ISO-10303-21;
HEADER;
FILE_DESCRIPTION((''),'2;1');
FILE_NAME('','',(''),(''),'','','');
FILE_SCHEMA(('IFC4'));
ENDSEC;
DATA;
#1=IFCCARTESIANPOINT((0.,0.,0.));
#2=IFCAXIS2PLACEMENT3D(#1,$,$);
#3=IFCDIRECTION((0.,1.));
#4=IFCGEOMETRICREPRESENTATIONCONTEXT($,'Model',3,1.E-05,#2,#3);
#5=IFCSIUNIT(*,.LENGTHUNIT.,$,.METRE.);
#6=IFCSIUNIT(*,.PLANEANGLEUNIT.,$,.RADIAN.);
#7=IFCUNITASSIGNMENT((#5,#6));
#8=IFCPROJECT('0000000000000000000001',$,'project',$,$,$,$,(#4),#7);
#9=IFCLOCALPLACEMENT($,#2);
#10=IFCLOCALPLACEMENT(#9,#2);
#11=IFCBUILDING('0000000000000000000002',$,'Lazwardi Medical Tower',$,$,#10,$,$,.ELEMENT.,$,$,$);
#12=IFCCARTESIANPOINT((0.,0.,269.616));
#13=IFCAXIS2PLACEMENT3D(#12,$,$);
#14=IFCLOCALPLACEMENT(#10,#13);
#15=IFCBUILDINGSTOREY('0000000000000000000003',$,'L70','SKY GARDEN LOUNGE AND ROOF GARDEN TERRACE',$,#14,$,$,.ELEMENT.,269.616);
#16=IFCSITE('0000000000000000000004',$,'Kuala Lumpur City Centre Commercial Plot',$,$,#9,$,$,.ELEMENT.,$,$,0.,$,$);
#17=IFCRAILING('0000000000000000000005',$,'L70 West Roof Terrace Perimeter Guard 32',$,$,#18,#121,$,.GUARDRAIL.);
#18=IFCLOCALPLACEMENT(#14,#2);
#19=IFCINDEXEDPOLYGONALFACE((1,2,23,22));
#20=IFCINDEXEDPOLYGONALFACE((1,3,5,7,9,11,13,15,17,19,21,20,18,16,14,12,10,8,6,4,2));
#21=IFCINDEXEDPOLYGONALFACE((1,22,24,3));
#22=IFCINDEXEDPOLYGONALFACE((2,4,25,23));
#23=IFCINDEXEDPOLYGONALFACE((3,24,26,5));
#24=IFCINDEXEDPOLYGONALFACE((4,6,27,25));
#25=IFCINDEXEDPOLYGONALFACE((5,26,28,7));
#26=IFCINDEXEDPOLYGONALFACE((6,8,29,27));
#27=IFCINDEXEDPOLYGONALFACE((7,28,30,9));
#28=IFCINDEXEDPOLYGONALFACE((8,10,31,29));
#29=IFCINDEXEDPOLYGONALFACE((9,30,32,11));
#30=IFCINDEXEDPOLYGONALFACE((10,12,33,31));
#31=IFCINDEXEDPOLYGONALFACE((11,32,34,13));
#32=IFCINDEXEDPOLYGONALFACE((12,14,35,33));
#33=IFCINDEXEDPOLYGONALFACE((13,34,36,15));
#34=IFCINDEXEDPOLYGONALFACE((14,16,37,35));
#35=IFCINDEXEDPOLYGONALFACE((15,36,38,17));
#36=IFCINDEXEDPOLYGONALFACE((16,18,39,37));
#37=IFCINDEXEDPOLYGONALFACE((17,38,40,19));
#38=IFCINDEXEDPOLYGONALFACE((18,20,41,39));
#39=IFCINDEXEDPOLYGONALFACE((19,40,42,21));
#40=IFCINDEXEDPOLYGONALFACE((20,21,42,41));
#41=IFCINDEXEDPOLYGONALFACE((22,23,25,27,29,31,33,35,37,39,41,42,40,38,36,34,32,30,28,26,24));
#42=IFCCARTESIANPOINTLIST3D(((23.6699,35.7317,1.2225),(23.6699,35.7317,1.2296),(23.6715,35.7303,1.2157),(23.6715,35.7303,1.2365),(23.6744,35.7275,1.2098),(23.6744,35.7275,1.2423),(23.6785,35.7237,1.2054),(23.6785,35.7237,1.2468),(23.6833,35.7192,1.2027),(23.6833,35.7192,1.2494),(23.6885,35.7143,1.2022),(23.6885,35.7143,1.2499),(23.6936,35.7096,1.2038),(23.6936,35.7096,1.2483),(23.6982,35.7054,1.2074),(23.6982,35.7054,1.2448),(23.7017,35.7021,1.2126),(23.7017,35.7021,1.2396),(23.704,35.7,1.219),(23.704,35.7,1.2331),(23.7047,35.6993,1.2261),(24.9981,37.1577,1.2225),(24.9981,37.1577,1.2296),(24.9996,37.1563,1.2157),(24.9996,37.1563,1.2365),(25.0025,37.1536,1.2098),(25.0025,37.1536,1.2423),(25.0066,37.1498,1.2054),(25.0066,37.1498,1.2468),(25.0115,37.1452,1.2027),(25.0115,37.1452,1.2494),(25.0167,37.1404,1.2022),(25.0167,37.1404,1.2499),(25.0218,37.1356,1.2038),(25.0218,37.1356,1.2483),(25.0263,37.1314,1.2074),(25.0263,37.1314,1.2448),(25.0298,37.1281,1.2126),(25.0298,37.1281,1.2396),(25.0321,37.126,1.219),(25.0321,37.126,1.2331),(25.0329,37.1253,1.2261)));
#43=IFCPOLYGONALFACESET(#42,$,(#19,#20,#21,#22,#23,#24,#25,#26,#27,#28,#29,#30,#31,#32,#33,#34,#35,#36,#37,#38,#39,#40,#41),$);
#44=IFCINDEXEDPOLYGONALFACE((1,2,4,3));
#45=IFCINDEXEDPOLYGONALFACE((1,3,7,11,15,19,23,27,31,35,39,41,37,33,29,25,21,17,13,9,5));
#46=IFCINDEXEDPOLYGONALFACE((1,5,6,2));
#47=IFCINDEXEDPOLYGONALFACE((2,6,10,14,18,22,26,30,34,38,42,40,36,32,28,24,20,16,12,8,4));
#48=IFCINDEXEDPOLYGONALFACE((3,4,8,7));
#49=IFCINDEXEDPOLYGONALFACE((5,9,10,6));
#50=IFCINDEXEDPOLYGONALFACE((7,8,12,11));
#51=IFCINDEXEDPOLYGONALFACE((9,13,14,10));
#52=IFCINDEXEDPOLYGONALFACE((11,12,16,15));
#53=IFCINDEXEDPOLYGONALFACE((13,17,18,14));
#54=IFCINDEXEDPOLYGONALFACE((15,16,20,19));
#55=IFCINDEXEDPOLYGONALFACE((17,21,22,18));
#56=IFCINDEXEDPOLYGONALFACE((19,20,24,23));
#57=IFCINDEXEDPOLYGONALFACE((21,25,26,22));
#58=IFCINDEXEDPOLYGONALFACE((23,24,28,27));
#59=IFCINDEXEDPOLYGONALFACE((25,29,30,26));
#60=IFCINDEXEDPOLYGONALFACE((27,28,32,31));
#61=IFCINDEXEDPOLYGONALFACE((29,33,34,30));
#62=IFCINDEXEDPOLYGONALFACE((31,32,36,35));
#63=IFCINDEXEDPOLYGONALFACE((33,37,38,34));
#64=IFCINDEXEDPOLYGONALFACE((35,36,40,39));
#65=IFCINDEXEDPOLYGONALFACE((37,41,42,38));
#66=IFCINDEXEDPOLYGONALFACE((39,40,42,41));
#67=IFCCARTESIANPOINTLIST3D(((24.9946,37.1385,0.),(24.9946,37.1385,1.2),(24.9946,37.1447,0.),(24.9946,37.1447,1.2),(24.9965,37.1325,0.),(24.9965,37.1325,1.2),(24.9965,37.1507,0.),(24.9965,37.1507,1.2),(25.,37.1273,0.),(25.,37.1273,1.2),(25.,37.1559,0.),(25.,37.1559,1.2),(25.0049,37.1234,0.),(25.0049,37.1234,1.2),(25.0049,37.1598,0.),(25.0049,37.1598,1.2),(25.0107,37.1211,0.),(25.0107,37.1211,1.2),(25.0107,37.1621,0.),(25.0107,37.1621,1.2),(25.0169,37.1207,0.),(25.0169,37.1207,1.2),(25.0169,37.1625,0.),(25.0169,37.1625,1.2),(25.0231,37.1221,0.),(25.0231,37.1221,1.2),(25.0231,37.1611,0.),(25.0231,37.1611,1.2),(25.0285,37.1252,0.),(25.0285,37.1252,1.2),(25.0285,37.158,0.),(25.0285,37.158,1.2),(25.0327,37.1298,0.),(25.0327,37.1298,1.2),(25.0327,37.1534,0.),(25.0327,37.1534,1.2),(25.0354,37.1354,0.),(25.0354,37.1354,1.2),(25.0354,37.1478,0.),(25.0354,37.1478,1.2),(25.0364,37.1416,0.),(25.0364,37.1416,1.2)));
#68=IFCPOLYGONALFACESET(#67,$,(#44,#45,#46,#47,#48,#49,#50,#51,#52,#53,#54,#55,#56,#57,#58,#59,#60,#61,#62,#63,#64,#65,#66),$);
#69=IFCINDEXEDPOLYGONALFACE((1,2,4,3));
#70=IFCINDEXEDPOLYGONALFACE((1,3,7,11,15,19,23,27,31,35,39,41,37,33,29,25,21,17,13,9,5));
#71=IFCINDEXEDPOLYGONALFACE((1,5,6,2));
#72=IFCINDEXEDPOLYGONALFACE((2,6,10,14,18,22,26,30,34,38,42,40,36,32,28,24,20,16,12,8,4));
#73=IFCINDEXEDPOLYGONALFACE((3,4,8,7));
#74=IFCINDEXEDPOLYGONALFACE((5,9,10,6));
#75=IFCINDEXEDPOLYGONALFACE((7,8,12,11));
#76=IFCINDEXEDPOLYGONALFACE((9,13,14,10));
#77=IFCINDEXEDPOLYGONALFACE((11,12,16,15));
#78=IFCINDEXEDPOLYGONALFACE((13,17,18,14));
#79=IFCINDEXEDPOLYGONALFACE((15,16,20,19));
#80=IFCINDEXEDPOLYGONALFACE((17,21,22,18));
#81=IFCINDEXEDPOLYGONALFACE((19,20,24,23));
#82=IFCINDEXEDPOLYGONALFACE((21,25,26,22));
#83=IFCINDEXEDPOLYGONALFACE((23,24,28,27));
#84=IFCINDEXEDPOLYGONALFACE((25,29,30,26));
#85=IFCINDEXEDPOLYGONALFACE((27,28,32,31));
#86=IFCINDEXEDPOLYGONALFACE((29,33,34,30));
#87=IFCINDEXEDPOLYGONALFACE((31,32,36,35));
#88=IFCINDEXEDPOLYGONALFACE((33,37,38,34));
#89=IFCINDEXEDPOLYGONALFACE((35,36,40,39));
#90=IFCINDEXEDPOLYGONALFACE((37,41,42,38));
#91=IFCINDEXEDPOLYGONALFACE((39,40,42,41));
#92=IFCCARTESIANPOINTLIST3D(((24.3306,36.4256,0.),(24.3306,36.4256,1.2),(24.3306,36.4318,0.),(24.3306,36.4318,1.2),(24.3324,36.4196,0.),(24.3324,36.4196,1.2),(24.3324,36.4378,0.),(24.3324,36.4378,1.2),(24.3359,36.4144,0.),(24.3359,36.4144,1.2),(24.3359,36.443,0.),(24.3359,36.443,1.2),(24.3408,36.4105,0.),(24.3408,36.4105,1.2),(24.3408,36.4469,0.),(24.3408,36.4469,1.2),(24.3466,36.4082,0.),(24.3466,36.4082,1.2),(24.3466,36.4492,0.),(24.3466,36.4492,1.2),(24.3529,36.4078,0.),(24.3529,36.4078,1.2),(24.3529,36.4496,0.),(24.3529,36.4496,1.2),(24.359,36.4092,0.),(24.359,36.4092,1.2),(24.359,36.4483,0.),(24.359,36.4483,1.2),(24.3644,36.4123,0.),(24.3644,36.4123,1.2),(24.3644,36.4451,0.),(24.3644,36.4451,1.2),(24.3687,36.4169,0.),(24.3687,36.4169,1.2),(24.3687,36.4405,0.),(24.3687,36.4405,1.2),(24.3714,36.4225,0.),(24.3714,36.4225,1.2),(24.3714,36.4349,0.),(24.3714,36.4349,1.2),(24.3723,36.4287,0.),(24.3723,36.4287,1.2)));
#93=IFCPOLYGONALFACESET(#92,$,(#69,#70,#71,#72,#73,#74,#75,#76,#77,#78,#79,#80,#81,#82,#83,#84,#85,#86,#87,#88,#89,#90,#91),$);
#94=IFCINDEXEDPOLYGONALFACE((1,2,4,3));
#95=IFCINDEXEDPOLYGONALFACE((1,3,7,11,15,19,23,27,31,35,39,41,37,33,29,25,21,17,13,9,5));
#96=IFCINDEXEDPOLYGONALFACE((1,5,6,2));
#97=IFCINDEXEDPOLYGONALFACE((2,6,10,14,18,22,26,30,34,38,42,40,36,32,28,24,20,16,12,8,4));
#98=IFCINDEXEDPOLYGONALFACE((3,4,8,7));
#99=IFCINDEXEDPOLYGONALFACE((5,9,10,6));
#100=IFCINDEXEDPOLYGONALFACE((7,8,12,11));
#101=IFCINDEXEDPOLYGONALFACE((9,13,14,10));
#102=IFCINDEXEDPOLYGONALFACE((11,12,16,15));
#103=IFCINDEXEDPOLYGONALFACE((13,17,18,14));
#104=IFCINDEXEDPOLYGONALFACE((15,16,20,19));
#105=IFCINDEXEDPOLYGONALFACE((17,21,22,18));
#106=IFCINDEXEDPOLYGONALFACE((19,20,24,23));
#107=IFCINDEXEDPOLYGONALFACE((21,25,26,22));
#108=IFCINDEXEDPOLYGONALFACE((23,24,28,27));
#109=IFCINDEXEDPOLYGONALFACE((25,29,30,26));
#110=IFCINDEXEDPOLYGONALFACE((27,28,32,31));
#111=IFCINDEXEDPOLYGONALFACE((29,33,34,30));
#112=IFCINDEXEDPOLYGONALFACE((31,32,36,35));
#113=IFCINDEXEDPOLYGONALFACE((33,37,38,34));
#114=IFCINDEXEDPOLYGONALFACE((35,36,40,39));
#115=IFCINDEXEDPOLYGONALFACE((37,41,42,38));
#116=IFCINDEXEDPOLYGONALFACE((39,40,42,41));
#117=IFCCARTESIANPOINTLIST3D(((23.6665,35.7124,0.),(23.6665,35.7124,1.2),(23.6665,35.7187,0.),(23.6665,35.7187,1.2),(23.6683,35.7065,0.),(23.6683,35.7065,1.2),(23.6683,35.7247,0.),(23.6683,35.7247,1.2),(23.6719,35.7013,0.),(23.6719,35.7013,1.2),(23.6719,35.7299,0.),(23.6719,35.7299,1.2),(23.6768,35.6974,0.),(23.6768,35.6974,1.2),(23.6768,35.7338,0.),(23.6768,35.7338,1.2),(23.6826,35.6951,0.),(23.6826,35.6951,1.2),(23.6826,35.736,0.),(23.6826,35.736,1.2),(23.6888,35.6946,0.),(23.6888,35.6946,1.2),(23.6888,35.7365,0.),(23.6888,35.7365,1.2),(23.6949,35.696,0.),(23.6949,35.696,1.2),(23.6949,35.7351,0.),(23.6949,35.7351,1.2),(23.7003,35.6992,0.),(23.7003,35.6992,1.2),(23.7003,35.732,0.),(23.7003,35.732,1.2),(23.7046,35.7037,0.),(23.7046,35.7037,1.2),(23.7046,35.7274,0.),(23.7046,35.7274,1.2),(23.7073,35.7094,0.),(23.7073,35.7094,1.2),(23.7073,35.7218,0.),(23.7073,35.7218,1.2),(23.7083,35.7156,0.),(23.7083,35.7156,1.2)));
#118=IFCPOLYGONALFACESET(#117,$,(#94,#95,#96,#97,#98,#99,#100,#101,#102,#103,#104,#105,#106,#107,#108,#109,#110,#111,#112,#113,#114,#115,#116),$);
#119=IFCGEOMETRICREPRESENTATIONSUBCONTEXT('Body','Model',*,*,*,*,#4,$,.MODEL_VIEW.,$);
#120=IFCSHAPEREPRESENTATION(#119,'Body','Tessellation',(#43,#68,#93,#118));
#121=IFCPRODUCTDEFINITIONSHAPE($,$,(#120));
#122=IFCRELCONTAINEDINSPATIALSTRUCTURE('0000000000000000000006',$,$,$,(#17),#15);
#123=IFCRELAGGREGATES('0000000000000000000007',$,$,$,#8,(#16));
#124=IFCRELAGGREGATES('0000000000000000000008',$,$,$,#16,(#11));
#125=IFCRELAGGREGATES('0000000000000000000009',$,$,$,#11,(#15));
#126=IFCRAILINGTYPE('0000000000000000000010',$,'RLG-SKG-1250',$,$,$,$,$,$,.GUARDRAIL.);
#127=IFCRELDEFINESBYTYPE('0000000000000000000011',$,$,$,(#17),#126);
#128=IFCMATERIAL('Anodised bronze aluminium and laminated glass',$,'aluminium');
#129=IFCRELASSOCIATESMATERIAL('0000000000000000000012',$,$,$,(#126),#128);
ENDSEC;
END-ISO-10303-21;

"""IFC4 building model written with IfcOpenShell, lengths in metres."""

from ifc_helpers import new_model, si_unit, direction, frame, origin, origin_2d, place, context, subcontext, project, spatial, circle, extrude, material, type_object, element, save


model = new_model("IFC4")

# Units and contexts
model_context = context("Model", 3, precision=1e-05, world=origin(), true_north=direction((0.0, 1.0)))
body_context = subcontext(model_context, "Body", "Model", "MODEL_VIEW")
ifc_project = project(units=[si_unit("LENGTHUNIT", "METRE"), si_unit("PLANEANGLEUNIT", "RADIAN")], contexts=[model_context])

# Site, building, storey
site_placement = place(None, origin())
site = spatial("IfcSite", under=ifc_project, at=site_placement, Name="Kuala Lumpur City Centre Commercial Plot", CompositionType="ELEMENT", RefElevation=0.0)
building_placement = place(site_placement, origin())
building = spatial("IfcBuilding", under=site, at=building_placement, Name="Lazwardi Medical Tower", CompositionType="ELEMENT")
storey_placement = place(building_placement, frame((0.0, 0.0, 269.616)))
storey = spatial("IfcBuildingStorey", under=building, at=storey_placement, Name="L70", Description="SKY GARDEN LOUNGE AND ROOF GARDEN TERRACE", CompositionType="ELEMENT", Elevation=269.616)

# Railing
ifc_material_1 = material(Name="Anodised bronze aluminium and laminated glass", Category="aluminium")
railing_type_1 = type_object("IfcRailingType", Name="RLG-SKG-1250", PredefinedType="GUARDRAIL", material=ifc_material_1)
railing_1_placement = place(storey_placement, frame((25.0154, 37.1416, 0.0)))
element("IfcRailing", 1, at=railing_1_placement, inside=storey, type_object=railing_type_1, Name="L70 West Roof Terrace Perimeter Guard 32", PredefinedType="GUARDRAIL", context=body_context, shape_type="SweptSolid", body=[
    extrude(circle(Radius=0.0239, at=origin_2d()), frame((0.0, 0.0, 1.2261), z_axis=(-0.681541, -0.73178, 0.0), x_axis=(0.73178, -0.681541, 0.0)), (0.0, 0.0, 1.0), 1.9487),
    extrude(circle(Radius=0.021, at=origin_2d()), origin(), (0.0, 0.0, 1.0), 1.2),
    extrude(circle(Radius=0.021, at=origin_2d()), frame((-0.6641, -0.7129, 0.0)), (0.0, 0.0, 1.0), 1.2),
    extrude(circle(Radius=0.021, at=origin_2d()), frame((-1.3281, -1.426, 0.0)), (0.0, 0.0, 1.0), 1.2),
])

save(model, "model.ifc")
